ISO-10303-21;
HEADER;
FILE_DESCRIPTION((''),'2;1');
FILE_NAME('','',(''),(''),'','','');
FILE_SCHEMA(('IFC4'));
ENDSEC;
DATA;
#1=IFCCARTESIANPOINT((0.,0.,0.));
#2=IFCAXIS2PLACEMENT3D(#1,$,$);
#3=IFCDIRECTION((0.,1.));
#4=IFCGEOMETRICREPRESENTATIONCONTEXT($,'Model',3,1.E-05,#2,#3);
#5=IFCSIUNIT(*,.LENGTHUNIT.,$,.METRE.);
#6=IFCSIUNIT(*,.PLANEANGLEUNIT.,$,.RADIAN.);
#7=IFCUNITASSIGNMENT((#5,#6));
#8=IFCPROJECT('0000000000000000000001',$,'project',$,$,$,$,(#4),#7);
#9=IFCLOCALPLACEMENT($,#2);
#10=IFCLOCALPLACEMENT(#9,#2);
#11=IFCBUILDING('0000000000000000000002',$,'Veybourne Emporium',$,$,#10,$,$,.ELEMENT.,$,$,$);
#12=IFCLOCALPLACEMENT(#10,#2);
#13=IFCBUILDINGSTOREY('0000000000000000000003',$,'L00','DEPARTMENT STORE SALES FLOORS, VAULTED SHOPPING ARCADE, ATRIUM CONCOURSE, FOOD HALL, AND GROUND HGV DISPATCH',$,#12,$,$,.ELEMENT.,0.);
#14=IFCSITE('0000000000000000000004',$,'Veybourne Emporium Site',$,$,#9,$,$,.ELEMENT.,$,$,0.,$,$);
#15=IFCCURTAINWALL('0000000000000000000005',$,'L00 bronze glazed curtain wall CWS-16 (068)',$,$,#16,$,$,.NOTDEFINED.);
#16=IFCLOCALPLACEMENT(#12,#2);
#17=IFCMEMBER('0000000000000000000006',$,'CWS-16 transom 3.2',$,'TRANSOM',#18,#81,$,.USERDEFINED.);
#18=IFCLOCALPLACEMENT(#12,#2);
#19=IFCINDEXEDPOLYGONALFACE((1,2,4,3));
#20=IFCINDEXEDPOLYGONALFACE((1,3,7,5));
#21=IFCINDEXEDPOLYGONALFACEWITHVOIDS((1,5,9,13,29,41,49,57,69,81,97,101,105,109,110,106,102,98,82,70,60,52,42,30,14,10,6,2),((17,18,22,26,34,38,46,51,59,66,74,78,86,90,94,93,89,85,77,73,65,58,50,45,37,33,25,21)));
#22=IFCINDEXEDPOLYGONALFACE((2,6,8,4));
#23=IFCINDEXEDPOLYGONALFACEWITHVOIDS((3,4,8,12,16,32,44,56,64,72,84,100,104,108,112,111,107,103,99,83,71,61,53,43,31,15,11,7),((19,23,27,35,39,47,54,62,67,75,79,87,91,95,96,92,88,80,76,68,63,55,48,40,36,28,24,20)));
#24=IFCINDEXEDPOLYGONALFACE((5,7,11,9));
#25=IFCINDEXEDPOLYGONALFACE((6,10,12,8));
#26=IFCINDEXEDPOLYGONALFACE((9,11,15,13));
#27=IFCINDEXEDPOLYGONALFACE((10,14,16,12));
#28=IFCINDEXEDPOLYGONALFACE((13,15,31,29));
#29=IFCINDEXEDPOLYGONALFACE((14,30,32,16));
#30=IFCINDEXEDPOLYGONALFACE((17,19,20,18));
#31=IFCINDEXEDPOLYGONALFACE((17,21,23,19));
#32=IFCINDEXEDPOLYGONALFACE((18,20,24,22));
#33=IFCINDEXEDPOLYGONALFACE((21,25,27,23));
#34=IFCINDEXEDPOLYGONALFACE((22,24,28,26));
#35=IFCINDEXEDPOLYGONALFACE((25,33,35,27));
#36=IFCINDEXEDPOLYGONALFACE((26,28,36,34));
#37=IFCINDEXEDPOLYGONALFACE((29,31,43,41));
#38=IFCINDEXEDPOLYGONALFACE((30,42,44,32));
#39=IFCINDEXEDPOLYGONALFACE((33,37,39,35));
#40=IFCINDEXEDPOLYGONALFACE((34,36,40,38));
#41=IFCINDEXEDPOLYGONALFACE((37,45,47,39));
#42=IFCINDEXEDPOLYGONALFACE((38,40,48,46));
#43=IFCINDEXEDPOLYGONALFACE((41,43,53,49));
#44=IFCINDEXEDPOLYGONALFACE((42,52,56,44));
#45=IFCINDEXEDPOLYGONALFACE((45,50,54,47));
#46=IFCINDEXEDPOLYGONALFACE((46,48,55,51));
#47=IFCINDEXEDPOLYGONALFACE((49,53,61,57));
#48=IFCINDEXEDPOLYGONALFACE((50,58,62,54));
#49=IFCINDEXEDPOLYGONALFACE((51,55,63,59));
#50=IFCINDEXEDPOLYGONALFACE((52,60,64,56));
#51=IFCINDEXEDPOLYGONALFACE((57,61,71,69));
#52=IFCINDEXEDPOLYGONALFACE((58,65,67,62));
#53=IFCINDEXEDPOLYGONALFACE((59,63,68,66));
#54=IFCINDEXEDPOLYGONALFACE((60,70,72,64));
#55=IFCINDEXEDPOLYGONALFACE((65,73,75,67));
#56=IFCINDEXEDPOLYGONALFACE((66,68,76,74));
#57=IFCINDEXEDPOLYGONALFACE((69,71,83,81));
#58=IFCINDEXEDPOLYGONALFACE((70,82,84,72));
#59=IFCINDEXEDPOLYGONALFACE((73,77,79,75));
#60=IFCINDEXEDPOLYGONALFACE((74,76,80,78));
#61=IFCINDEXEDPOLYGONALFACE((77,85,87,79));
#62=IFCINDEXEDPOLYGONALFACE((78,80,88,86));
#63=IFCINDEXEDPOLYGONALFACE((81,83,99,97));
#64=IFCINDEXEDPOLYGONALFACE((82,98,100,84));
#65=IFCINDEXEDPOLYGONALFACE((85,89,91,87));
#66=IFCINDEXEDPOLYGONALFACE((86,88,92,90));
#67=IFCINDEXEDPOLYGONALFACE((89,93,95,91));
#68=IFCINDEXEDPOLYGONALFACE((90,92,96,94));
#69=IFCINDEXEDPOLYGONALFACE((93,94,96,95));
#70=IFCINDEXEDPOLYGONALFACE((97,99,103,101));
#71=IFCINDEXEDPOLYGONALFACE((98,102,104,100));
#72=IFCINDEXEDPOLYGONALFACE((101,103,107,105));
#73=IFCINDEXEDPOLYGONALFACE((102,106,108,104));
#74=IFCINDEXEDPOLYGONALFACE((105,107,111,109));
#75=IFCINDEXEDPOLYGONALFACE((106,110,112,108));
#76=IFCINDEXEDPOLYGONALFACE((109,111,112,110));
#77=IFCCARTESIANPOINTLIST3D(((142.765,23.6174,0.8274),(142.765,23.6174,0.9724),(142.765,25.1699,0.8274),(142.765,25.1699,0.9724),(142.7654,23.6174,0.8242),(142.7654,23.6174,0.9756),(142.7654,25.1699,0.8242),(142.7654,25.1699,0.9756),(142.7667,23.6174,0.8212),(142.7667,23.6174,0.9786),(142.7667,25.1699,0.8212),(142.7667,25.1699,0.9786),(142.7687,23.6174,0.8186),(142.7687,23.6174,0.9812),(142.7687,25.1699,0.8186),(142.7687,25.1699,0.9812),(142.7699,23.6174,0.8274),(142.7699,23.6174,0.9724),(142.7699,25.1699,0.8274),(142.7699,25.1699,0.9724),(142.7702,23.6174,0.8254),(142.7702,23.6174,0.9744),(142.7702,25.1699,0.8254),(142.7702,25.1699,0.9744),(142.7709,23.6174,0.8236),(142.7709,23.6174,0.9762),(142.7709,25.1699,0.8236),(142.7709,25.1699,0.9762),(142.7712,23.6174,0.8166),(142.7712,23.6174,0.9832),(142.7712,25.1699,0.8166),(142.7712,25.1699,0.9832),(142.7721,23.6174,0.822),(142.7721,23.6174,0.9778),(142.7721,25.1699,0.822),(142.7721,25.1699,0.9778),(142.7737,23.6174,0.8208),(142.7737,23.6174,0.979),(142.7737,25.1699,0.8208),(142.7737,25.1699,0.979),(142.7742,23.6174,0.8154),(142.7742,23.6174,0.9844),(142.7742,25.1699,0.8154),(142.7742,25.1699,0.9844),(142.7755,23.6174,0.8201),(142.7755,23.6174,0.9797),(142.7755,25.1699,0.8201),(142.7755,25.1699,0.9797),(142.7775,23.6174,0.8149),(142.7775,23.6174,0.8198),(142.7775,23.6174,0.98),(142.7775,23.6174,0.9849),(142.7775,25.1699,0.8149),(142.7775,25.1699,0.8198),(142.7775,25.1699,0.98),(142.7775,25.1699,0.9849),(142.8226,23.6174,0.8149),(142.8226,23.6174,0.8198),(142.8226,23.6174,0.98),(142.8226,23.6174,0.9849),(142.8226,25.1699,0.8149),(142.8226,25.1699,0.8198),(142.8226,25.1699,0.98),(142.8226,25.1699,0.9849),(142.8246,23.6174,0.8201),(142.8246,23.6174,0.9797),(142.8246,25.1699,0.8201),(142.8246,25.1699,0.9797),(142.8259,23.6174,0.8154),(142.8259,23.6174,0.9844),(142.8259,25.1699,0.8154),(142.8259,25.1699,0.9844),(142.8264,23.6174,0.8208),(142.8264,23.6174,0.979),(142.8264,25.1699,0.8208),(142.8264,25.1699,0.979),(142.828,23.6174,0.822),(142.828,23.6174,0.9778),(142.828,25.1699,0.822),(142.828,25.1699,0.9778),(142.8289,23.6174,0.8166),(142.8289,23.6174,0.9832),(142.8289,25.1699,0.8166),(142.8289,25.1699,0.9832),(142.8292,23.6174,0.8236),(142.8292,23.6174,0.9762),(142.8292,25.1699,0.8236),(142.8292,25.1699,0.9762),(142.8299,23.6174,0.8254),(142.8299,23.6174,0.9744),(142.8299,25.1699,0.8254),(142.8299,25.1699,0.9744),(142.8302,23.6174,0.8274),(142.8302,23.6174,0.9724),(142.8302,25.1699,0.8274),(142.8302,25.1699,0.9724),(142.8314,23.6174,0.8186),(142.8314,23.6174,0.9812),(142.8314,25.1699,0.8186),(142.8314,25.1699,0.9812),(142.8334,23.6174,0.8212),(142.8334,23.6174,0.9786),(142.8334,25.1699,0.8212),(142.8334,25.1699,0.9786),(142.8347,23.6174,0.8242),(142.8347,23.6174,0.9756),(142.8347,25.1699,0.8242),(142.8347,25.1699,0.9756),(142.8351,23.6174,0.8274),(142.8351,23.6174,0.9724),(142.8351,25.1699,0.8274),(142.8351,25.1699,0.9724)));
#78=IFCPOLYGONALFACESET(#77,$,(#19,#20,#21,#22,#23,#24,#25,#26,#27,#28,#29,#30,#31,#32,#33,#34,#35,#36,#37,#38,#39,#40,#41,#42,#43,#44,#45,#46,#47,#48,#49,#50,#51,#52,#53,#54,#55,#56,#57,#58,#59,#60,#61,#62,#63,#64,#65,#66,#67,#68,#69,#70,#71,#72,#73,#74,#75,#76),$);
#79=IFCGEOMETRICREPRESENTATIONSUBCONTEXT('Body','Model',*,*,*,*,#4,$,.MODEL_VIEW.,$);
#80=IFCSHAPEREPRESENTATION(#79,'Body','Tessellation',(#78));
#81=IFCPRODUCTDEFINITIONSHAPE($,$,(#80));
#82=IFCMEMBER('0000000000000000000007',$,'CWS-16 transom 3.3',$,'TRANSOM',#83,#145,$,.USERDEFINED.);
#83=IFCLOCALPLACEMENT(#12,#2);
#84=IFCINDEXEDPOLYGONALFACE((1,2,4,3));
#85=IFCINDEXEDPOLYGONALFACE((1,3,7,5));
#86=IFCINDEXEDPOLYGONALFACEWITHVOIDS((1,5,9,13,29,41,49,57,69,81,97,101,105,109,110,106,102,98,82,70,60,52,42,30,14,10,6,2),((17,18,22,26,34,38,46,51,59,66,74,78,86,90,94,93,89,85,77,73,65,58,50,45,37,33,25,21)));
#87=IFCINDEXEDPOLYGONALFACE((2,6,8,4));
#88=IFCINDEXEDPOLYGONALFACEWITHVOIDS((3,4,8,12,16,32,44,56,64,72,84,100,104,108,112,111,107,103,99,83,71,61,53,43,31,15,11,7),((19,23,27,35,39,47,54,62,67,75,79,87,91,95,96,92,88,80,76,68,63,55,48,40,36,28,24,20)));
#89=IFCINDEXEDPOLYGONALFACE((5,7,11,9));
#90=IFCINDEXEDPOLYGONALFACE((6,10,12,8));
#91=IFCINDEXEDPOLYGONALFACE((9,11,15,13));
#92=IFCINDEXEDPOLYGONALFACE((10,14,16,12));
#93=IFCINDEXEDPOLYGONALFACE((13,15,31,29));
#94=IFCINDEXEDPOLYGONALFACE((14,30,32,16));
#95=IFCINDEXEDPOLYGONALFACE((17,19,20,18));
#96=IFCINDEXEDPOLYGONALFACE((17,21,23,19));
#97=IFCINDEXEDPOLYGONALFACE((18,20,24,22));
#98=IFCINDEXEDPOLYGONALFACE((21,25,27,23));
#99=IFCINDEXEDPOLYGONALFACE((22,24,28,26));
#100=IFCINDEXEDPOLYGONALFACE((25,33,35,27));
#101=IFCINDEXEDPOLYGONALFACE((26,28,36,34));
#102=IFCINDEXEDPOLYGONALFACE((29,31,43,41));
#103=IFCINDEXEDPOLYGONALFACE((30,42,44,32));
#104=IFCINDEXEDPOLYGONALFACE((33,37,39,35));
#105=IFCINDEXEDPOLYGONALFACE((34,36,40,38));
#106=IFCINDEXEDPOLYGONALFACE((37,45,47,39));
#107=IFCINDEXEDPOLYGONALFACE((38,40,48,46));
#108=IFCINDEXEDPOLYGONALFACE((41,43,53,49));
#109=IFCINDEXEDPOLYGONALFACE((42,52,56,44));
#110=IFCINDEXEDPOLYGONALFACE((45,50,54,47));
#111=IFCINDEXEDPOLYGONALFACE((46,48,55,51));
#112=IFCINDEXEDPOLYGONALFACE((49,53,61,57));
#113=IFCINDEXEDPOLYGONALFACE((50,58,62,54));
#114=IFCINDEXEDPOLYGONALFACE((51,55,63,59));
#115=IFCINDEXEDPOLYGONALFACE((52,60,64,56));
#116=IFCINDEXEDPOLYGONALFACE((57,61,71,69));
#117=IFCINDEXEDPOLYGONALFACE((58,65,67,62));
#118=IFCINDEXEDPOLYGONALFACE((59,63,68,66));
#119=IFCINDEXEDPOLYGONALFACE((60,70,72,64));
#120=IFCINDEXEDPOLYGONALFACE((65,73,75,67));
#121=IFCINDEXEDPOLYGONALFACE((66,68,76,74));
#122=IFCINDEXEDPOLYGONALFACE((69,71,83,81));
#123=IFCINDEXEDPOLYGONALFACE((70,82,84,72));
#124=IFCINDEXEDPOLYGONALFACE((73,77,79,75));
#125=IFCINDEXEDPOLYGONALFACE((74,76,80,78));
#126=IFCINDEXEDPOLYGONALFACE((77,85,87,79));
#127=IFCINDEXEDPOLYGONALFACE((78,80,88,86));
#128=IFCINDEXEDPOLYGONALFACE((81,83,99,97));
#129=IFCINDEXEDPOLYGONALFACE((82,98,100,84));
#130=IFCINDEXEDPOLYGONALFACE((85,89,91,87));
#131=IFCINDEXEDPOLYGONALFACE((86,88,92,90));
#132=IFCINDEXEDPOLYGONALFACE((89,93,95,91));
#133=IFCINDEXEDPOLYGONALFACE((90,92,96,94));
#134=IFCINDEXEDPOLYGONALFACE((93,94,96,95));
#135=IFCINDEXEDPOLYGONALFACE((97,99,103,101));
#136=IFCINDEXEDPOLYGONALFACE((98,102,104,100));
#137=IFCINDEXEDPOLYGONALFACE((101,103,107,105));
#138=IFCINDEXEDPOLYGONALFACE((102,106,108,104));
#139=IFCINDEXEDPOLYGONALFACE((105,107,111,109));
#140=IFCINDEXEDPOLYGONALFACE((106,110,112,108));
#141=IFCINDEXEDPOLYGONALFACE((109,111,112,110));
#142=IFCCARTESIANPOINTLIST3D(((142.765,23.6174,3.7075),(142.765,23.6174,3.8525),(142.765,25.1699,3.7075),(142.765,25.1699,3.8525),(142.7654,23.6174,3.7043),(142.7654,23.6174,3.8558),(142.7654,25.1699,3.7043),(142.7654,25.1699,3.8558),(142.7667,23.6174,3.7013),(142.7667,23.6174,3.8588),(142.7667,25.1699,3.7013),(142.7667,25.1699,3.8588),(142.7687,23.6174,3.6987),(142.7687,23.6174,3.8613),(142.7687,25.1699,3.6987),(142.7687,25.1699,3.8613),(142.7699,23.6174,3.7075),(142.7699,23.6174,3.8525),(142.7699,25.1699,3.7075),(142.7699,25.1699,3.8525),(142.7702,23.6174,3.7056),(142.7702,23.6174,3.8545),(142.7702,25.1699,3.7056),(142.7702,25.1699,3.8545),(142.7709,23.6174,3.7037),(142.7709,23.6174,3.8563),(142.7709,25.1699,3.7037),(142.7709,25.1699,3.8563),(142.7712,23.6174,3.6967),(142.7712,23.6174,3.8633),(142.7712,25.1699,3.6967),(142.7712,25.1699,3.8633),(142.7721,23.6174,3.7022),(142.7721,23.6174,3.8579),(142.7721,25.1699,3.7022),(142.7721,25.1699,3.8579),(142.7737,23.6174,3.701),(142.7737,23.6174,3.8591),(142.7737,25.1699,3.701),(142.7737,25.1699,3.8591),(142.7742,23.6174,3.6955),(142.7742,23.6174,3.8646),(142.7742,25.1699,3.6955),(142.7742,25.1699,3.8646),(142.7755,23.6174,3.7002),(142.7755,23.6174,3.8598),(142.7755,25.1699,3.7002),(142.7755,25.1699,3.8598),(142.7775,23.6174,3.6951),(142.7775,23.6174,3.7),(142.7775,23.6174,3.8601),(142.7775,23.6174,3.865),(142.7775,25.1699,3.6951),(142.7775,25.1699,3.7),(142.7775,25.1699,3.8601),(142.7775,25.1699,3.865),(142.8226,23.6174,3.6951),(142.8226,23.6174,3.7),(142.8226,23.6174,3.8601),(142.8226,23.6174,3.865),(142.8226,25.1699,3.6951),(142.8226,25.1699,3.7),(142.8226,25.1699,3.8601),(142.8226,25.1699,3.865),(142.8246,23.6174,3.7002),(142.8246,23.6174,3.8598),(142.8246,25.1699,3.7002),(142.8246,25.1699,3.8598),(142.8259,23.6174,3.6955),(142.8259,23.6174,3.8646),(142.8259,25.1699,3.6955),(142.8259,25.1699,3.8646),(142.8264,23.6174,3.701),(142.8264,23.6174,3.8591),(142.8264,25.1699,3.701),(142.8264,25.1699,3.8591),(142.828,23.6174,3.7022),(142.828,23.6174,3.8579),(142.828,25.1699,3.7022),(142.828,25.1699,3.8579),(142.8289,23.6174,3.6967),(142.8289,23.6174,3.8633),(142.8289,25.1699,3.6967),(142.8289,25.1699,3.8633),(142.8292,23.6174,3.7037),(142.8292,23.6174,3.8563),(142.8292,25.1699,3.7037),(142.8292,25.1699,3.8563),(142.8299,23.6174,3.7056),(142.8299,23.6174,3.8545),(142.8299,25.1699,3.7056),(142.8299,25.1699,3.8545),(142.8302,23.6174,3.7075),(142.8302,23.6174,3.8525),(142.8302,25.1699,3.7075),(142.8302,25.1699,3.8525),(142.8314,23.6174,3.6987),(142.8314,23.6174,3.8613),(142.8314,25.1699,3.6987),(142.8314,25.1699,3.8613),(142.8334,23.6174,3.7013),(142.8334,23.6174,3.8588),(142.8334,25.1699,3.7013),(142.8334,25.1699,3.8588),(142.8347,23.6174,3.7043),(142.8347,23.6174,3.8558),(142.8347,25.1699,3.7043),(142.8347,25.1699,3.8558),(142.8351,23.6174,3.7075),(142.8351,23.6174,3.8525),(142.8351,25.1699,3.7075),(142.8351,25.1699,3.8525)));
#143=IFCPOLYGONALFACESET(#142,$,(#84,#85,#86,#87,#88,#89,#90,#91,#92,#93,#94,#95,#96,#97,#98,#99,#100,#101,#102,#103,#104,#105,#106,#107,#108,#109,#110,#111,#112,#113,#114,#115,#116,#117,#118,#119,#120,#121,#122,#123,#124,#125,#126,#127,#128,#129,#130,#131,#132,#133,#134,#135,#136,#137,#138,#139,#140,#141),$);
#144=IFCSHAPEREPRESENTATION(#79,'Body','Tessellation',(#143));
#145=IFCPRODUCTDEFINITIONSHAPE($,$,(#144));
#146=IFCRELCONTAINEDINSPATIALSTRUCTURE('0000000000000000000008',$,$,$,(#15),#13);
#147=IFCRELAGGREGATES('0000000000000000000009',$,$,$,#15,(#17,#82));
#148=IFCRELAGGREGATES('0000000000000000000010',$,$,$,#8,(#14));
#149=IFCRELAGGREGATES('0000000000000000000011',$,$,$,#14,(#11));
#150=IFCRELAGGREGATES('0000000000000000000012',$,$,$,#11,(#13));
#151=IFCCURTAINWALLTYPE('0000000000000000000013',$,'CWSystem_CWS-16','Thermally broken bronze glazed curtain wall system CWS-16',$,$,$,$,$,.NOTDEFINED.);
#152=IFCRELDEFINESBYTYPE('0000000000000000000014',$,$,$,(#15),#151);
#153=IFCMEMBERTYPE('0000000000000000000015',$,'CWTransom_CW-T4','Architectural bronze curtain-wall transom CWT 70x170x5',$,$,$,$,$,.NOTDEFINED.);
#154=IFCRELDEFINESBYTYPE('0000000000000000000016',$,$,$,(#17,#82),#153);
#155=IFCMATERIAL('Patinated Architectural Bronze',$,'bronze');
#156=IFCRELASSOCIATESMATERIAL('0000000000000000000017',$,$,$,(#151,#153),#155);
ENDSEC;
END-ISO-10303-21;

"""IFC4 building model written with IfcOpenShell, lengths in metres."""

from ifc_helpers import new_model, si_unit, direction, frame, origin, origin_2d, place, context, subcontext, project, spatial, hollow_rectangle, extrude, material, material_profile, profile_set, type_object, element, aggregate, save


model = new_model("IFC4")

# Units and contexts
model_context = context("Model", 3, precision=1e-05, world=origin(), true_north=direction((0.0, 1.0)))
body_context = subcontext(model_context, "Body", "Model", "MODEL_VIEW")
ifc_project = project(units=[si_unit("LENGTHUNIT", "METRE"), si_unit("PLANEANGLEUNIT", "RADIAN")], contexts=[model_context])

# Site, building, storey
site_placement = place(None, origin())
site = spatial("IfcSite", under=ifc_project, at=site_placement, Name="Veybourne Emporium Site", CompositionType="ELEMENT", RefElevation=0.0)
building_placement = place(site_placement, origin())
building = spatial("IfcBuilding", under=site, at=building_placement, Name="Veybourne Emporium", CompositionType="ELEMENT")
storey_placement = place(building_placement, origin())
storey = spatial("IfcBuildingStorey", under=building, at=storey_placement, Name="L00", Description="DEPARTMENT STORE SALES FLOORS, VAULTED SHOPPING ARCADE, ATRIUM CONCOURSE, FOOD HALL, AND GROUND HGV DISPATCH", CompositionType="ELEMENT", Elevation=0.0)

# Curtain wall, members
ifc_material_1 = material(Name="Patinated Architectural Bronze", Category="bronze")
curtain_wall_type = type_object("IfcCurtainWallType", Name="CWSystem_CWS-16", Description="Thermally broken bronze glazed curtain wall system CWS-16", PredefinedType="NOTDEFINED", material=ifc_material_1)
curtain_wall_placement = place(storey_placement, origin())
curtain_wall = element("IfcCurtainWall", 1, at=curtain_wall_placement, inside=storey, type_object=curtain_wall_type, Name="L00 bronze glazed curtain wall CWS-16 (068)", PredefinedType="NOTDEFINED")
ifc_material_profile_1 = material_profile(ifc_material_1, hollow_rectangle(XDim=0.0701, YDim=0.1699, WallThickness=0.0049, InnerFilletRadius=0.0076, OuterFilletRadius=0.0125, at=origin_2d()), Name="CWT 70x170x5")
ifc_profile_set_1 = profile_set([ifc_material_profile_1], Name="Patinated Architectural Bronze")
member_type_1 = type_object("IfcMemberType", Name="CWTransom_CW-T4", Description="Architectural bronze curtain-wall transom CWT 70x170x5", PredefinedType="NOTDEFINED", material=ifc_profile_set_1)
member_1_placement = place(storey_placement, frame((142.8, 25.1699, 0.8999), z_axis=(0.0, -1.0, 0.0), x_axis=(1.0, 0.0, 0.0)))
member_1 = element("IfcMember", 2, at=member_1_placement, type_object=member_type_1, Name="CWS-16 transom 3.2", ObjectType="TRANSOM", PredefinedType="USERDEFINED", context=body_context, shape_type="SweptSolid", body=[
    extrude(hollow_rectangle(XDim=0.0701, YDim=0.1699, WallThickness=0.0049, InnerFilletRadius=0.0076, OuterFilletRadius=0.0125, at=origin_2d()), origin(), (0.0, 0.0, 1.0), 1.5525),
])
member_2_placement = place(storey_placement, frame((142.8, 25.1699, 3.78), z_axis=(0.0, -1.0, 0.0), x_axis=(1.0, 0.0, 0.0)))
member_2 = element("IfcMember", 3, at=member_2_placement, type_object=member_type_1, Name="CWS-16 transom 3.3", ObjectType="TRANSOM", PredefinedType="USERDEFINED", context=body_context, shape_type="SweptSolid", body=[
    extrude(hollow_rectangle(XDim=0.0701, YDim=0.1699, WallThickness=0.0049, InnerFilletRadius=0.0076, OuterFilletRadius=0.0125, at=origin_2d()), origin(), (0.0, 0.0, 1.0), 1.5525),
])

aggregate(curtain_wall, [member_1, member_2])

save(model, "model.ifc")
